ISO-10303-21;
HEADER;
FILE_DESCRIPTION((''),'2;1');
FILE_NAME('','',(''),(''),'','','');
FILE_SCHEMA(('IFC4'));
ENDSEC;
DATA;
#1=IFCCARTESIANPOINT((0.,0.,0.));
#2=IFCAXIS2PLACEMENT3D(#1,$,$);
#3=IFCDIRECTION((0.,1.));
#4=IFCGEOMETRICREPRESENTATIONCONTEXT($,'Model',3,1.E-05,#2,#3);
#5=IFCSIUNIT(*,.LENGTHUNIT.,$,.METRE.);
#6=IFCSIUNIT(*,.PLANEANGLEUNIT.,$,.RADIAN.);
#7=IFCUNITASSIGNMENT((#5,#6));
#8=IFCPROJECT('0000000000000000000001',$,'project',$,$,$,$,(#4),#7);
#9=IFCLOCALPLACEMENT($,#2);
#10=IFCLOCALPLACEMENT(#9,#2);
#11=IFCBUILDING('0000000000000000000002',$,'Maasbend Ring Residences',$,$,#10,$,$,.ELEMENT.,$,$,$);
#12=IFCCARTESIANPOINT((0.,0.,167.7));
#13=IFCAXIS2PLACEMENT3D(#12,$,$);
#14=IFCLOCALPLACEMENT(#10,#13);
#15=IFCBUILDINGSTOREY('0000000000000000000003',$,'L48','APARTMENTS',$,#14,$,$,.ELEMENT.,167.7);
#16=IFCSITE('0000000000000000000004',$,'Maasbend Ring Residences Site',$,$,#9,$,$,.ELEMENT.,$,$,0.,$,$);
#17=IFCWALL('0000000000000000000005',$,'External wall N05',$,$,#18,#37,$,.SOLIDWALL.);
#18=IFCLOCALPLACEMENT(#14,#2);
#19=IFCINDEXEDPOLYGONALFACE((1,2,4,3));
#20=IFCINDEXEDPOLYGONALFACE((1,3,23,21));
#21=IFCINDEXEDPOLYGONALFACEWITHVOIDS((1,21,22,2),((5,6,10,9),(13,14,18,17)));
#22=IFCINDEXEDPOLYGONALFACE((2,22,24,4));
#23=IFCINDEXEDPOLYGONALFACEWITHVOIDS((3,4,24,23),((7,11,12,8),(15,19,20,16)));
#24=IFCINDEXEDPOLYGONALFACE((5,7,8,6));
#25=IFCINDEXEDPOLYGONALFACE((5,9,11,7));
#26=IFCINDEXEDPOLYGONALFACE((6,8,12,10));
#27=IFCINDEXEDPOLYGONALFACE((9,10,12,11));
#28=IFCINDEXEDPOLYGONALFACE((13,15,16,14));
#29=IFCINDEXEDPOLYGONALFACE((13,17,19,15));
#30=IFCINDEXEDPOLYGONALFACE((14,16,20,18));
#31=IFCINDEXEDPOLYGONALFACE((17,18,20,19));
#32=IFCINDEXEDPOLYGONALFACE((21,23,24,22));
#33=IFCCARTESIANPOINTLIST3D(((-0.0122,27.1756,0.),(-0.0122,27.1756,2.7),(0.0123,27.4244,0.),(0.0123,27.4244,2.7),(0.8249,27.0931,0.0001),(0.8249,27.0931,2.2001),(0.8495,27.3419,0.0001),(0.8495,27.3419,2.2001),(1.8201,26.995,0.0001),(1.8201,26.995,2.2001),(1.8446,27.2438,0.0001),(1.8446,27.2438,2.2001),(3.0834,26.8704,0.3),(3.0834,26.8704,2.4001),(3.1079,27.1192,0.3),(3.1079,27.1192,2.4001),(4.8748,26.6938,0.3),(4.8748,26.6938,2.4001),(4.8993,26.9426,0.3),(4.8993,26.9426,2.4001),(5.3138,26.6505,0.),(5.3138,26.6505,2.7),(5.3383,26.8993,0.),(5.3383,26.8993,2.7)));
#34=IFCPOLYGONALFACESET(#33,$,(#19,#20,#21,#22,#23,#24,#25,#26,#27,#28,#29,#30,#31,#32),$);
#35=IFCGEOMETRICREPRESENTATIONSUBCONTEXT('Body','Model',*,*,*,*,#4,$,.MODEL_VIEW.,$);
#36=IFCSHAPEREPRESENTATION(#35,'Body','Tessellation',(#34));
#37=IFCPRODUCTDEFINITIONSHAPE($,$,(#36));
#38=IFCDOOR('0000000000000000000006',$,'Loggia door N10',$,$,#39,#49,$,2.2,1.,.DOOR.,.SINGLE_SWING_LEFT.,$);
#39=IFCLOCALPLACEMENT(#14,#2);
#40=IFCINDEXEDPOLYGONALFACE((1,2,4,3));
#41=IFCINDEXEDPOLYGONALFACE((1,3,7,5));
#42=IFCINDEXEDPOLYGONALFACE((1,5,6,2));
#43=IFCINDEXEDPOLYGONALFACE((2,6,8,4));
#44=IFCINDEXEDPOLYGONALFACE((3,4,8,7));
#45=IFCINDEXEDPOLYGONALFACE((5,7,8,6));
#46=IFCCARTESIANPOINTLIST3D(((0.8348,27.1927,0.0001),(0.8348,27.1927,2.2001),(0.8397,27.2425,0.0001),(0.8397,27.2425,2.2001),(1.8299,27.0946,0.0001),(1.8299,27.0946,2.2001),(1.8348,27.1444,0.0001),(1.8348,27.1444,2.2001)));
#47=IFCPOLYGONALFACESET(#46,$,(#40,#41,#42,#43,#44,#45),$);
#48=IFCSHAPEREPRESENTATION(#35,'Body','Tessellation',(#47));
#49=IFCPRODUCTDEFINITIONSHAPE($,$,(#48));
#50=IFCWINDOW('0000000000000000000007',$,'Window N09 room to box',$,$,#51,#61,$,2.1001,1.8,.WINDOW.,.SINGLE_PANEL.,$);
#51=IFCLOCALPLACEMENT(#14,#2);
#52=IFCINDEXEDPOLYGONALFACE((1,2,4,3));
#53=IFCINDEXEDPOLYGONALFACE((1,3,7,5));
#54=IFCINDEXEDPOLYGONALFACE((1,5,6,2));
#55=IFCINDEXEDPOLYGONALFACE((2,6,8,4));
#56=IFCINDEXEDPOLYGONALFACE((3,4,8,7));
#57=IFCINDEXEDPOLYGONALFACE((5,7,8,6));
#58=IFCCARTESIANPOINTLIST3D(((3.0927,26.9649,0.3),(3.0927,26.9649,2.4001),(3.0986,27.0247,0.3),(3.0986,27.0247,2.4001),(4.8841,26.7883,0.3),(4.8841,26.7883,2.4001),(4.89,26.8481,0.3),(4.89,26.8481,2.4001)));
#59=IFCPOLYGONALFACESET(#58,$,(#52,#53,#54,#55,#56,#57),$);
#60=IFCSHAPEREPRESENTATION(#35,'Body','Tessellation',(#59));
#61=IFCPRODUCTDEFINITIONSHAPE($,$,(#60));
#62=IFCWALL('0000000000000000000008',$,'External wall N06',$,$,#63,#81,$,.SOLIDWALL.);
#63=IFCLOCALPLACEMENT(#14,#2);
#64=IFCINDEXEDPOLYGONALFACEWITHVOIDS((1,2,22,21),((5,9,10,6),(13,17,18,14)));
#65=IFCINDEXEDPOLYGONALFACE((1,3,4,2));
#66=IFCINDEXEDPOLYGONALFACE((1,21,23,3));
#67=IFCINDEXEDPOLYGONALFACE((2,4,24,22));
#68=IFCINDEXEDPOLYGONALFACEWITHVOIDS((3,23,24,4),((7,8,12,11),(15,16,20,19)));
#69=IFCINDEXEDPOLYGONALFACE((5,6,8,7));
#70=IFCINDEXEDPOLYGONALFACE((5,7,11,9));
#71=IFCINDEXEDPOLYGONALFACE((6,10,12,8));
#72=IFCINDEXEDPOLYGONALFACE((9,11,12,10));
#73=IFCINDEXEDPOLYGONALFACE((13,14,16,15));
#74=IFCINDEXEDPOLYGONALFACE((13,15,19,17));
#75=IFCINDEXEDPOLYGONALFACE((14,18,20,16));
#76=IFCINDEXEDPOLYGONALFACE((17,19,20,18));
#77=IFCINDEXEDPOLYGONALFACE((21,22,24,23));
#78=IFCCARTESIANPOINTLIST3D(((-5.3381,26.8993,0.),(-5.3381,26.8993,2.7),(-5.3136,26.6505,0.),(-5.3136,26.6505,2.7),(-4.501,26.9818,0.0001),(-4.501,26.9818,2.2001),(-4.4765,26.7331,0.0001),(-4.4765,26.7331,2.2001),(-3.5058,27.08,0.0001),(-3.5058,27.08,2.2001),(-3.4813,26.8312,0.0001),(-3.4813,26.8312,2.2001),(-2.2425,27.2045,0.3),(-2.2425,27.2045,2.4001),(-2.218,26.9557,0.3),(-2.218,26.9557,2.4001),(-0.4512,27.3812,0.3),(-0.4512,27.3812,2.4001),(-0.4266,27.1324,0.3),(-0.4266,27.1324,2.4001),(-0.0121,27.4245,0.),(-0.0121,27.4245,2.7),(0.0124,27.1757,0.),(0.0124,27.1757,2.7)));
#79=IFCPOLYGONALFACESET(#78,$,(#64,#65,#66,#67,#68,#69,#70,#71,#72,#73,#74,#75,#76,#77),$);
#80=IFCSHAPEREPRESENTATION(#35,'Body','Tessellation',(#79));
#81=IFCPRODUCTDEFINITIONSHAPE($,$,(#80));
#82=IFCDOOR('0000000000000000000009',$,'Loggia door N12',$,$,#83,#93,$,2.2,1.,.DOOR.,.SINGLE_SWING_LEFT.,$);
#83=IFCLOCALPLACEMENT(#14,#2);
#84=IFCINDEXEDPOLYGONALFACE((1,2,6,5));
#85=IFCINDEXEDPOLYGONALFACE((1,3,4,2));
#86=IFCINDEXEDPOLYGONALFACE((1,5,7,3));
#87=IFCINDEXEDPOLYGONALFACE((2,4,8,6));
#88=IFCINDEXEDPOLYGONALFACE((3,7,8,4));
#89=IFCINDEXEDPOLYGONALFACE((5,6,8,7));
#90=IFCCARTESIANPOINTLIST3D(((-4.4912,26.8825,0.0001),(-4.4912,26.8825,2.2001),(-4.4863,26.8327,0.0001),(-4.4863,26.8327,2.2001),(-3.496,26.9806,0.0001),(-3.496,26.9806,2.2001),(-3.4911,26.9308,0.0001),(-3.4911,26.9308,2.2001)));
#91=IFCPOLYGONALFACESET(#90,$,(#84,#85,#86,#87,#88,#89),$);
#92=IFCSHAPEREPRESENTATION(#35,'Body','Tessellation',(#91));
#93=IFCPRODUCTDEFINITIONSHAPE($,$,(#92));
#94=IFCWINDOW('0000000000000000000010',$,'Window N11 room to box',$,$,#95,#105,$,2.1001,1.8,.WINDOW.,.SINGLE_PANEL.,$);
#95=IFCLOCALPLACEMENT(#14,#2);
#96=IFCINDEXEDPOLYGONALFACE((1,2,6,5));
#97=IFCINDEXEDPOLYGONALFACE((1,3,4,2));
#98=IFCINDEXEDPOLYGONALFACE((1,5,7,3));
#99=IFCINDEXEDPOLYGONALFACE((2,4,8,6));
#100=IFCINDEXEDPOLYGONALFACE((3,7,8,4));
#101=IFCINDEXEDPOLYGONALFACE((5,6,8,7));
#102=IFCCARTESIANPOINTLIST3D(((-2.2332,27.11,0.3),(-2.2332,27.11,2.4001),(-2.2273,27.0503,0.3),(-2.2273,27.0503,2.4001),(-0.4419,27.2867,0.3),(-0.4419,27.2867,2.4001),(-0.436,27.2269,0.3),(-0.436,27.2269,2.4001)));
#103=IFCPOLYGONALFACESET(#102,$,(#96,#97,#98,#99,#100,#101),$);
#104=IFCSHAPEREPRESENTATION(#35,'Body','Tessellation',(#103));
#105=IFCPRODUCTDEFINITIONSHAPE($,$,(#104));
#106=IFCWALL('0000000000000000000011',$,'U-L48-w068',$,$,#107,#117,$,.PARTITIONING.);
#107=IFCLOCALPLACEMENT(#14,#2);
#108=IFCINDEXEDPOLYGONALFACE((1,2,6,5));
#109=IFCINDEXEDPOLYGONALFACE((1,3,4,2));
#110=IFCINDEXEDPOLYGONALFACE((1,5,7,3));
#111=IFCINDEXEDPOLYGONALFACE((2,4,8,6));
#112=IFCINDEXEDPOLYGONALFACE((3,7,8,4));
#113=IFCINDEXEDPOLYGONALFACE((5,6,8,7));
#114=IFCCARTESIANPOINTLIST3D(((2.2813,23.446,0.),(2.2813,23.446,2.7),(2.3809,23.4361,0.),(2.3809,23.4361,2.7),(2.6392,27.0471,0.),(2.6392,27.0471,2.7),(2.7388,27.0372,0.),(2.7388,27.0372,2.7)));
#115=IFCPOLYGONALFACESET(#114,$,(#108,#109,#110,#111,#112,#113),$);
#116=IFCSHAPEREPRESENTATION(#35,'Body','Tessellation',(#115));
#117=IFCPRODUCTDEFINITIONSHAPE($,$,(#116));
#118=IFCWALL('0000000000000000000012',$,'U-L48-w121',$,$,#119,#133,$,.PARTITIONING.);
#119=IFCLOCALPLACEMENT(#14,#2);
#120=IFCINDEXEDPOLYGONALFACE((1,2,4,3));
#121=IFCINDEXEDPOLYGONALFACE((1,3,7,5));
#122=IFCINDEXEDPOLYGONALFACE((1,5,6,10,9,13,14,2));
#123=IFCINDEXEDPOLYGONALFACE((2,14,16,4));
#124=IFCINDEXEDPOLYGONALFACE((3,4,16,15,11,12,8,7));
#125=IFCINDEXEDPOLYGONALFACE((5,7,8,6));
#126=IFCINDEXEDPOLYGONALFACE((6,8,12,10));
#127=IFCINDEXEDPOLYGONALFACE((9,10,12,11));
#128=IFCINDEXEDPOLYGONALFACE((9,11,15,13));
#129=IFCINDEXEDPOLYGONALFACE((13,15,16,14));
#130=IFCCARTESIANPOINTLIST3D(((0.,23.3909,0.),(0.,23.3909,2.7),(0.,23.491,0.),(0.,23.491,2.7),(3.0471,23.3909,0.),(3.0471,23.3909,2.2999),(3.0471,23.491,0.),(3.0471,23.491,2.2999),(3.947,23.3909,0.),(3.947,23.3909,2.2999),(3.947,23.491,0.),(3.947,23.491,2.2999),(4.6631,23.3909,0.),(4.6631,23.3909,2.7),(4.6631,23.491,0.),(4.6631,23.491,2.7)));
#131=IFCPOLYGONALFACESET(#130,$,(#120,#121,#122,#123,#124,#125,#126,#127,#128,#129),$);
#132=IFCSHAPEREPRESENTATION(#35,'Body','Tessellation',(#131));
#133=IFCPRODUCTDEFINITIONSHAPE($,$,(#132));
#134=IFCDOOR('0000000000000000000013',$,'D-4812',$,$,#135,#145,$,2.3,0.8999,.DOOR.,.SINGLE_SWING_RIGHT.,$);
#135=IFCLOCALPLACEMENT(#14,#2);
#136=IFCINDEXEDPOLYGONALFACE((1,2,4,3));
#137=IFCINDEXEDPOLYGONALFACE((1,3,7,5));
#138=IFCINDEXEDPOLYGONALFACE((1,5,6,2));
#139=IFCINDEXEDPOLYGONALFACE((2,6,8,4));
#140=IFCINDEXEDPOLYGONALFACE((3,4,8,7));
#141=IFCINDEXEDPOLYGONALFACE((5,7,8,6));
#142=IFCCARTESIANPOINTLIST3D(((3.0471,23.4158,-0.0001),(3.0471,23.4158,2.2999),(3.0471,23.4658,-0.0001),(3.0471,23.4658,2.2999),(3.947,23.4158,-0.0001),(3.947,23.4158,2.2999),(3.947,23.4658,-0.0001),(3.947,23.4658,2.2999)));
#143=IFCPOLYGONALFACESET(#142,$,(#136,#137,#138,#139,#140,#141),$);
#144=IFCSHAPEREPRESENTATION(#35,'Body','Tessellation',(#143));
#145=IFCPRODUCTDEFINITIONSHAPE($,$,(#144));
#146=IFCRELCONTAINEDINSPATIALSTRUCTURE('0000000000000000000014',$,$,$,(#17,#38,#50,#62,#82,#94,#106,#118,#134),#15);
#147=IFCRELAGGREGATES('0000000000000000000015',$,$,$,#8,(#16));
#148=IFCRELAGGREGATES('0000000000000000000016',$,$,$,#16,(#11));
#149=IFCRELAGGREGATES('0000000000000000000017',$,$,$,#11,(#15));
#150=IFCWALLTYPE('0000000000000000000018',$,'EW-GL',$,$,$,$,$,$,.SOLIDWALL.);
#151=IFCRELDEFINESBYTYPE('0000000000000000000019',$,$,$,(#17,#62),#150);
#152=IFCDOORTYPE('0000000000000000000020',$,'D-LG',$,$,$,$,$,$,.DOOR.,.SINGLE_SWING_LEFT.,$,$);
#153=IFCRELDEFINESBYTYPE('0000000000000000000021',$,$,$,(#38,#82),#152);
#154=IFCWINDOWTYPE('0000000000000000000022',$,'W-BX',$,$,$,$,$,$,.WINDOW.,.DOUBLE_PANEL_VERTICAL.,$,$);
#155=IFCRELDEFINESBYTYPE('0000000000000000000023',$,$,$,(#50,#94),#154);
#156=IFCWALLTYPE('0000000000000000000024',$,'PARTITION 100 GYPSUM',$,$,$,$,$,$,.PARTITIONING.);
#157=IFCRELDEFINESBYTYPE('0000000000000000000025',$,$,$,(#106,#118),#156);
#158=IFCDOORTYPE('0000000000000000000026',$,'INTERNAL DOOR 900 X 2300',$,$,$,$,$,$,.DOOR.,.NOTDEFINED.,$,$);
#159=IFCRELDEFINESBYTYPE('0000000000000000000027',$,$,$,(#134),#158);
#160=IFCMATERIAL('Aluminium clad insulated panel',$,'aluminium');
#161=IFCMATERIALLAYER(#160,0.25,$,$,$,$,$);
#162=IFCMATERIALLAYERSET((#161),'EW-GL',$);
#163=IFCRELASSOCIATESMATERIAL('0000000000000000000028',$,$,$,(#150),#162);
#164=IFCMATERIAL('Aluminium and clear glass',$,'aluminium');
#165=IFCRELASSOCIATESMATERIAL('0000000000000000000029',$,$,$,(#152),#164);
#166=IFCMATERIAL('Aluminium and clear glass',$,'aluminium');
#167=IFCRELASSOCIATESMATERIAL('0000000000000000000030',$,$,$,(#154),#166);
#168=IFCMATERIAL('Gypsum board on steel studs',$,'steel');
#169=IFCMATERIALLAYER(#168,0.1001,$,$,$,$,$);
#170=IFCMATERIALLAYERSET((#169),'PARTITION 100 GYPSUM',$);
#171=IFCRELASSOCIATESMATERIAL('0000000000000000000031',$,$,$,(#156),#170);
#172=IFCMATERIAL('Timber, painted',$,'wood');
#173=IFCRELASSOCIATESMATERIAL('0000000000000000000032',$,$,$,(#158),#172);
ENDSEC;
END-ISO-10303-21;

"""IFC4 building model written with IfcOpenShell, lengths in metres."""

from ifc_helpers import new_model, si_unit, direction, frame, frame_2d, origin, place, context, subcontext, project, spatial, rectangle, extrude, material, layer, layer_set, type_object, element, fill, save


model = new_model("IFC4")

# Units and contexts
model_context = context("Model", 3, precision=1e-05, world=origin(), true_north=direction((0.0, 1.0)))
body_context = subcontext(model_context, "Body", "Model", "MODEL_VIEW")
ifc_project = project(units=[si_unit("LENGTHUNIT", "METRE"), si_unit("PLANEANGLEUNIT", "RADIAN")], contexts=[model_context])

# Site, building, storey
site_placement = place(None, origin())
site = spatial("IfcSite", under=ifc_project, at=site_placement, Name="Maasbend Ring Residences Site", CompositionType="ELEMENT", RefElevation=0.0)
building_placement = place(site_placement, origin())
building = spatial("IfcBuilding", under=site, at=building_placement, Name="Maasbend Ring Residences", CompositionType="ELEMENT")
storey_placement = place(building_placement, frame((0.0, 0.0, 167.7)))
storey = spatial("IfcBuildingStorey", under=building, at=storey_placement, Name="L48", Description="APARTMENTS", CompositionType="ELEMENT", Elevation=167.7)

# Walls, openings, doors, windows
ifc_material_1 = material(Name="Aluminium clad insulated panel", Category="aluminium")
ifc_layer_1 = layer(ifc_material_1, 0.25)
ifc_layer_set_1 = layer_set([ifc_layer_1], Name="EW-GL")
wall_type_1 = type_object("IfcWallType", Name="EW-GL", PredefinedType="SOLIDWALL", material=ifc_layer_set_1)
ifc_material_2 = material(Name="Aluminium and clear glass", Category="aluminium")
door_type_1 = type_object("IfcDoorType", Name="D-LG", OperationType="SINGLE_SWING_LEFT", PredefinedType="DOOR", material=ifc_material_2)
ifc_material_3 = material(Name="Aluminium and clear glass", Category="aluminium")
window_type_1 = type_object("IfcWindowType", Name="W-BX", PartitioningType="DOUBLE_PANEL_VERTICAL", PredefinedType="WINDOW", material=ifc_material_3)
wall_1_placement = place(storey_placement, frame((5.3259, 26.7749, 0.0), z_axis=(0.0, 0.0, 1.0), x_axis=(-0.995174, 0.098126, 0.0)))
wall_1 = element("IfcWall", 1, at=wall_1_placement, inside=storey, type_object=wall_type_1, Name="External wall N05", PredefinedType="SOLIDWALL", context=body_context, shape_type="SweptSolid", body=[
    extrude(rectangle(XDim=5.3518, YDim=0.25, at=frame_2d((2.6758, 0.0))), origin(), (0.0, 0.0, 1.0), 2.7),
])
opening_1_placement = place(wall_1_placement, frame((0.4412, 0.0, 0.3)))
opening_1 = element("IfcOpeningElement", 2, at=opening_1_placement, cuts=wall_1, PredefinedType="OPENING", context=body_context, shape_type="SweptSolid", body=[
    extrude(rectangle(XDim=1.8, YDim=2.1001, at=frame_2d((0.8999, 1.05))), frame((0.0, 0.135, 0.0), z_axis=(0.0, -1.0, 0.0), x_axis=(1.0, 0.0, 0.0)), (0.0, 0.0, 1.0), 0.27),
])
opening_2_placement = place(wall_1_placement, frame((3.5105, 0.0, 0.0)))
opening_2 = element("IfcOpeningElement", 3, at=opening_2_placement, cuts=wall_1, PredefinedType="OPENING", context=body_context, shape_type="SweptSolid", body=[
    extrude(rectangle(XDim=1.0, YDim=2.2, at=frame_2d((0.5, 1.1001))), frame((0.0, 0.135, 0.0), z_axis=(0.0, -1.0, 0.0), x_axis=(1.0, 0.0, 0.0)), (0.0, 0.0, 1.0), 0.27),
])
door_1_placement = place(opening_2_placement, origin())
door_1 = element("IfcDoor", 4, at=door_1_placement, inside=storey, type_object=door_type_1, Name="Loggia door N10", OperationType="SINGLE_SWING_LEFT", OverallHeight=2.2, OverallWidth=1.0, PredefinedType="DOOR", context=body_context, shape_type="SweptSolid", body=[
    extrude(rectangle(XDim=1.0, YDim=2.2, at=frame_2d((0.5, 1.1001))), frame((0.0, 0.0249, 0.0), z_axis=(0.0, -1.0, 0.0), x_axis=(1.0, 0.0, 0.0)), (0.0, 0.0, 1.0), 0.05),
])
fill(opening_2, door_1)
window_1_placement = place(opening_1_placement, origin())
window_1 = element("IfcWindow", 5, at=window_1_placement, inside=storey, type_object=window_type_1, Name="Window N09 room to box", OverallHeight=2.1001, OverallWidth=1.8, PartitioningType="SINGLE_PANEL", PredefinedType="WINDOW", context=body_context, shape_type="SweptSolid", body=[
    extrude(rectangle(XDim=1.8, YDim=2.1001, at=frame_2d((0.8999, 1.05))), frame((0.0, 0.03, 0.0), z_axis=(0.0, -1.0, 0.0), x_axis=(1.0, 0.0, 0.0)), (0.0, 0.0, 1.0), 0.0601),
])
fill(opening_1, window_1)
wall_2_placement = place(storey_placement, frame((0.0, 27.3, 0.0), z_axis=(0.0, 0.0, 1.0), x_axis=(-0.995174, -0.098126, 0.0)))
wall_2 = element("IfcWall", 6, at=wall_2_placement, inside=storey, type_object=wall_type_1, Name="External wall N06", PredefinedType="SOLIDWALL", context=body_context, shape_type="SweptSolid", body=[
    extrude(rectangle(XDim=5.3518, YDim=0.25, at=frame_2d((2.6758, 0.0))), origin(), (0.0, 0.0, 1.0), 2.7),
])
opening_3_placement = place(wall_2_placement, frame((0.4412, 0.0, 0.3)))
opening_3 = element("IfcOpeningElement", 7, at=opening_3_placement, cuts=wall_2, PredefinedType="OPENING", context=body_context, shape_type="SweptSolid", body=[
    extrude(rectangle(XDim=1.8, YDim=2.1001, at=frame_2d((0.8999, 1.05))), frame((0.0, 0.135, 0.0), z_axis=(0.0, -1.0, 0.0), x_axis=(1.0, 0.0, 0.0)), (0.0, 0.0, 1.0), 0.27),
])
opening_4_placement = place(wall_2_placement, frame((3.5105, 0.0, 0.0)))
opening_4 = element("IfcOpeningElement", 8, at=opening_4_placement, cuts=wall_2, PredefinedType="OPENING", context=body_context, shape_type="SweptSolid", body=[
    extrude(rectangle(XDim=1.0, YDim=2.2, at=frame_2d((0.5, 1.1001))), frame((0.0, 0.135, 0.0), z_axis=(0.0, -1.0, 0.0), x_axis=(1.0, 0.0, 0.0)), (0.0, 0.0, 1.0), 0.27),
])
door_2_placement = place(opening_4_placement, origin())
door_2 = element("IfcDoor", 9, at=door_2_placement, inside=storey, type_object=door_type_1, Name="Loggia door N12", OperationType="SINGLE_SWING_LEFT", OverallHeight=2.2, OverallWidth=1.0, PredefinedType="DOOR", context=body_context, shape_type="SweptSolid", body=[
    extrude(rectangle(XDim=1.0, YDim=2.2, at=frame_2d((0.5, 1.1001))), frame((0.0, 0.0249, 0.0), z_axis=(0.0, -1.0, 0.0), x_axis=(1.0, 0.0, 0.0)), (0.0, 0.0, 1.0), 0.05),
])
fill(opening_4, door_2)
window_2_placement = place(opening_3_placement, origin())
window_2 = element("IfcWindow", 10, at=window_2_placement, inside=storey, type_object=window_type_1, Name="Window N11 room to box", OverallHeight=2.1001, OverallWidth=1.8, PartitioningType="SINGLE_PANEL", PredefinedType="WINDOW", context=body_context, shape_type="SweptSolid", body=[
    extrude(rectangle(XDim=1.8, YDim=2.1001, at=frame_2d((0.8999, 1.05))), frame((0.0, 0.03, 0.0), z_axis=(0.0, -1.0, 0.0), x_axis=(1.0, 0.0, 0.0)), (0.0, 0.0, 1.0), 0.0601),
])
fill(opening_3, window_2)

# Wall
ifc_material_4 = material(Name="Gypsum board on steel studs", Category="steel")
ifc_layer_2 = layer(ifc_material_4, 0.1001)
ifc_layer_set_2 = layer_set([ifc_layer_2], Name="PARTITION 100 GYPSUM")
wall_type_2 = type_object("IfcWallType", Name="PARTITION 100 GYPSUM", PredefinedType="PARTITIONING", material=ifc_layer_set_2)
wall_3_placement = place(storey_placement, frame((2.3311, 23.4409, 0.0), z_axis=(0.0, 0.0, 1.0), x_axis=(0.098903, 0.995097, 0.0)))
element("IfcWall", 11, at=wall_3_placement, inside=storey, type_object=wall_type_2, Name="U-L48-w068", PredefinedType="PARTITIONING", context=body_context, shape_type="SweptSolid", body=[
    extrude(rectangle(XDim=3.6189, YDim=0.1001, at=frame_2d((1.8096, 0.0))), origin(), (0.0, 0.0, 1.0), 2.7),
])

# Wall, opening, door
wall_4_placement = place(storey_placement, frame((0.0, 23.4409, 0.0), z_axis=(0.0, 0.0, 1.0), x_axis=(1.0, 0.0, 0.0)))
wall_4 = element("IfcWall", 12, at=wall_4_placement, inside=storey, type_object=wall_type_2, Name="U-L48-w121", PredefinedType="PARTITIONING", context=body_context, shape_type="SweptSolid", body=[
    extrude(rectangle(XDim=4.6631, YDim=0.1001, at=frame_2d((2.3315, 0.0))), origin(), (0.0, 0.0, 1.0), 2.7),
])
opening_5_placement = place(wall_4_placement, frame((3.0471, 0.0, 0.0)))
opening_5 = element("IfcOpeningElement", 13, at=opening_5_placement, cuts=wall_4, PredefinedType="OPENING", context=body_context, shape_type="SweptSolid", body=[
    extrude(rectangle(XDim=0.8999, YDim=2.3, at=frame_2d((0.45, 1.1499))), frame((0.0, 0.0601, 0.0), z_axis=(0.0, -1.0, 0.0), x_axis=(1.0, 0.0, 0.0)), (0.0, 0.0, 1.0), 0.1201),
])
ifc_material_5 = material(Name="Timber, painted", Category="wood")
door_type_2 = type_object("IfcDoorType", Name="INTERNAL DOOR 900 X 2300", OperationType="NOTDEFINED", PredefinedType="DOOR", material=ifc_material_5)
door_3_placement = place(opening_5_placement, origin())
door_3 = element("IfcDoor", 14, at=door_3_placement, inside=storey, type_object=door_type_2, Name="D-4812", OperationType="SINGLE_SWING_RIGHT", OverallHeight=2.3, OverallWidth=0.8999, PredefinedType="DOOR", context=body_context, shape_type="SweptSolid", body=[
    extrude(rectangle(XDim=0.8999, YDim=2.3, at=frame_2d((0.45, 1.1499))), frame((0.0, 0.0249, 0.0), z_axis=(0.0, -1.0, 0.0), x_axis=(1.0, 0.0, 0.0)), (0.0, 0.0, 1.0), 0.05),
])
fill(opening_5, door_3)

save(model, "model.ifc")
